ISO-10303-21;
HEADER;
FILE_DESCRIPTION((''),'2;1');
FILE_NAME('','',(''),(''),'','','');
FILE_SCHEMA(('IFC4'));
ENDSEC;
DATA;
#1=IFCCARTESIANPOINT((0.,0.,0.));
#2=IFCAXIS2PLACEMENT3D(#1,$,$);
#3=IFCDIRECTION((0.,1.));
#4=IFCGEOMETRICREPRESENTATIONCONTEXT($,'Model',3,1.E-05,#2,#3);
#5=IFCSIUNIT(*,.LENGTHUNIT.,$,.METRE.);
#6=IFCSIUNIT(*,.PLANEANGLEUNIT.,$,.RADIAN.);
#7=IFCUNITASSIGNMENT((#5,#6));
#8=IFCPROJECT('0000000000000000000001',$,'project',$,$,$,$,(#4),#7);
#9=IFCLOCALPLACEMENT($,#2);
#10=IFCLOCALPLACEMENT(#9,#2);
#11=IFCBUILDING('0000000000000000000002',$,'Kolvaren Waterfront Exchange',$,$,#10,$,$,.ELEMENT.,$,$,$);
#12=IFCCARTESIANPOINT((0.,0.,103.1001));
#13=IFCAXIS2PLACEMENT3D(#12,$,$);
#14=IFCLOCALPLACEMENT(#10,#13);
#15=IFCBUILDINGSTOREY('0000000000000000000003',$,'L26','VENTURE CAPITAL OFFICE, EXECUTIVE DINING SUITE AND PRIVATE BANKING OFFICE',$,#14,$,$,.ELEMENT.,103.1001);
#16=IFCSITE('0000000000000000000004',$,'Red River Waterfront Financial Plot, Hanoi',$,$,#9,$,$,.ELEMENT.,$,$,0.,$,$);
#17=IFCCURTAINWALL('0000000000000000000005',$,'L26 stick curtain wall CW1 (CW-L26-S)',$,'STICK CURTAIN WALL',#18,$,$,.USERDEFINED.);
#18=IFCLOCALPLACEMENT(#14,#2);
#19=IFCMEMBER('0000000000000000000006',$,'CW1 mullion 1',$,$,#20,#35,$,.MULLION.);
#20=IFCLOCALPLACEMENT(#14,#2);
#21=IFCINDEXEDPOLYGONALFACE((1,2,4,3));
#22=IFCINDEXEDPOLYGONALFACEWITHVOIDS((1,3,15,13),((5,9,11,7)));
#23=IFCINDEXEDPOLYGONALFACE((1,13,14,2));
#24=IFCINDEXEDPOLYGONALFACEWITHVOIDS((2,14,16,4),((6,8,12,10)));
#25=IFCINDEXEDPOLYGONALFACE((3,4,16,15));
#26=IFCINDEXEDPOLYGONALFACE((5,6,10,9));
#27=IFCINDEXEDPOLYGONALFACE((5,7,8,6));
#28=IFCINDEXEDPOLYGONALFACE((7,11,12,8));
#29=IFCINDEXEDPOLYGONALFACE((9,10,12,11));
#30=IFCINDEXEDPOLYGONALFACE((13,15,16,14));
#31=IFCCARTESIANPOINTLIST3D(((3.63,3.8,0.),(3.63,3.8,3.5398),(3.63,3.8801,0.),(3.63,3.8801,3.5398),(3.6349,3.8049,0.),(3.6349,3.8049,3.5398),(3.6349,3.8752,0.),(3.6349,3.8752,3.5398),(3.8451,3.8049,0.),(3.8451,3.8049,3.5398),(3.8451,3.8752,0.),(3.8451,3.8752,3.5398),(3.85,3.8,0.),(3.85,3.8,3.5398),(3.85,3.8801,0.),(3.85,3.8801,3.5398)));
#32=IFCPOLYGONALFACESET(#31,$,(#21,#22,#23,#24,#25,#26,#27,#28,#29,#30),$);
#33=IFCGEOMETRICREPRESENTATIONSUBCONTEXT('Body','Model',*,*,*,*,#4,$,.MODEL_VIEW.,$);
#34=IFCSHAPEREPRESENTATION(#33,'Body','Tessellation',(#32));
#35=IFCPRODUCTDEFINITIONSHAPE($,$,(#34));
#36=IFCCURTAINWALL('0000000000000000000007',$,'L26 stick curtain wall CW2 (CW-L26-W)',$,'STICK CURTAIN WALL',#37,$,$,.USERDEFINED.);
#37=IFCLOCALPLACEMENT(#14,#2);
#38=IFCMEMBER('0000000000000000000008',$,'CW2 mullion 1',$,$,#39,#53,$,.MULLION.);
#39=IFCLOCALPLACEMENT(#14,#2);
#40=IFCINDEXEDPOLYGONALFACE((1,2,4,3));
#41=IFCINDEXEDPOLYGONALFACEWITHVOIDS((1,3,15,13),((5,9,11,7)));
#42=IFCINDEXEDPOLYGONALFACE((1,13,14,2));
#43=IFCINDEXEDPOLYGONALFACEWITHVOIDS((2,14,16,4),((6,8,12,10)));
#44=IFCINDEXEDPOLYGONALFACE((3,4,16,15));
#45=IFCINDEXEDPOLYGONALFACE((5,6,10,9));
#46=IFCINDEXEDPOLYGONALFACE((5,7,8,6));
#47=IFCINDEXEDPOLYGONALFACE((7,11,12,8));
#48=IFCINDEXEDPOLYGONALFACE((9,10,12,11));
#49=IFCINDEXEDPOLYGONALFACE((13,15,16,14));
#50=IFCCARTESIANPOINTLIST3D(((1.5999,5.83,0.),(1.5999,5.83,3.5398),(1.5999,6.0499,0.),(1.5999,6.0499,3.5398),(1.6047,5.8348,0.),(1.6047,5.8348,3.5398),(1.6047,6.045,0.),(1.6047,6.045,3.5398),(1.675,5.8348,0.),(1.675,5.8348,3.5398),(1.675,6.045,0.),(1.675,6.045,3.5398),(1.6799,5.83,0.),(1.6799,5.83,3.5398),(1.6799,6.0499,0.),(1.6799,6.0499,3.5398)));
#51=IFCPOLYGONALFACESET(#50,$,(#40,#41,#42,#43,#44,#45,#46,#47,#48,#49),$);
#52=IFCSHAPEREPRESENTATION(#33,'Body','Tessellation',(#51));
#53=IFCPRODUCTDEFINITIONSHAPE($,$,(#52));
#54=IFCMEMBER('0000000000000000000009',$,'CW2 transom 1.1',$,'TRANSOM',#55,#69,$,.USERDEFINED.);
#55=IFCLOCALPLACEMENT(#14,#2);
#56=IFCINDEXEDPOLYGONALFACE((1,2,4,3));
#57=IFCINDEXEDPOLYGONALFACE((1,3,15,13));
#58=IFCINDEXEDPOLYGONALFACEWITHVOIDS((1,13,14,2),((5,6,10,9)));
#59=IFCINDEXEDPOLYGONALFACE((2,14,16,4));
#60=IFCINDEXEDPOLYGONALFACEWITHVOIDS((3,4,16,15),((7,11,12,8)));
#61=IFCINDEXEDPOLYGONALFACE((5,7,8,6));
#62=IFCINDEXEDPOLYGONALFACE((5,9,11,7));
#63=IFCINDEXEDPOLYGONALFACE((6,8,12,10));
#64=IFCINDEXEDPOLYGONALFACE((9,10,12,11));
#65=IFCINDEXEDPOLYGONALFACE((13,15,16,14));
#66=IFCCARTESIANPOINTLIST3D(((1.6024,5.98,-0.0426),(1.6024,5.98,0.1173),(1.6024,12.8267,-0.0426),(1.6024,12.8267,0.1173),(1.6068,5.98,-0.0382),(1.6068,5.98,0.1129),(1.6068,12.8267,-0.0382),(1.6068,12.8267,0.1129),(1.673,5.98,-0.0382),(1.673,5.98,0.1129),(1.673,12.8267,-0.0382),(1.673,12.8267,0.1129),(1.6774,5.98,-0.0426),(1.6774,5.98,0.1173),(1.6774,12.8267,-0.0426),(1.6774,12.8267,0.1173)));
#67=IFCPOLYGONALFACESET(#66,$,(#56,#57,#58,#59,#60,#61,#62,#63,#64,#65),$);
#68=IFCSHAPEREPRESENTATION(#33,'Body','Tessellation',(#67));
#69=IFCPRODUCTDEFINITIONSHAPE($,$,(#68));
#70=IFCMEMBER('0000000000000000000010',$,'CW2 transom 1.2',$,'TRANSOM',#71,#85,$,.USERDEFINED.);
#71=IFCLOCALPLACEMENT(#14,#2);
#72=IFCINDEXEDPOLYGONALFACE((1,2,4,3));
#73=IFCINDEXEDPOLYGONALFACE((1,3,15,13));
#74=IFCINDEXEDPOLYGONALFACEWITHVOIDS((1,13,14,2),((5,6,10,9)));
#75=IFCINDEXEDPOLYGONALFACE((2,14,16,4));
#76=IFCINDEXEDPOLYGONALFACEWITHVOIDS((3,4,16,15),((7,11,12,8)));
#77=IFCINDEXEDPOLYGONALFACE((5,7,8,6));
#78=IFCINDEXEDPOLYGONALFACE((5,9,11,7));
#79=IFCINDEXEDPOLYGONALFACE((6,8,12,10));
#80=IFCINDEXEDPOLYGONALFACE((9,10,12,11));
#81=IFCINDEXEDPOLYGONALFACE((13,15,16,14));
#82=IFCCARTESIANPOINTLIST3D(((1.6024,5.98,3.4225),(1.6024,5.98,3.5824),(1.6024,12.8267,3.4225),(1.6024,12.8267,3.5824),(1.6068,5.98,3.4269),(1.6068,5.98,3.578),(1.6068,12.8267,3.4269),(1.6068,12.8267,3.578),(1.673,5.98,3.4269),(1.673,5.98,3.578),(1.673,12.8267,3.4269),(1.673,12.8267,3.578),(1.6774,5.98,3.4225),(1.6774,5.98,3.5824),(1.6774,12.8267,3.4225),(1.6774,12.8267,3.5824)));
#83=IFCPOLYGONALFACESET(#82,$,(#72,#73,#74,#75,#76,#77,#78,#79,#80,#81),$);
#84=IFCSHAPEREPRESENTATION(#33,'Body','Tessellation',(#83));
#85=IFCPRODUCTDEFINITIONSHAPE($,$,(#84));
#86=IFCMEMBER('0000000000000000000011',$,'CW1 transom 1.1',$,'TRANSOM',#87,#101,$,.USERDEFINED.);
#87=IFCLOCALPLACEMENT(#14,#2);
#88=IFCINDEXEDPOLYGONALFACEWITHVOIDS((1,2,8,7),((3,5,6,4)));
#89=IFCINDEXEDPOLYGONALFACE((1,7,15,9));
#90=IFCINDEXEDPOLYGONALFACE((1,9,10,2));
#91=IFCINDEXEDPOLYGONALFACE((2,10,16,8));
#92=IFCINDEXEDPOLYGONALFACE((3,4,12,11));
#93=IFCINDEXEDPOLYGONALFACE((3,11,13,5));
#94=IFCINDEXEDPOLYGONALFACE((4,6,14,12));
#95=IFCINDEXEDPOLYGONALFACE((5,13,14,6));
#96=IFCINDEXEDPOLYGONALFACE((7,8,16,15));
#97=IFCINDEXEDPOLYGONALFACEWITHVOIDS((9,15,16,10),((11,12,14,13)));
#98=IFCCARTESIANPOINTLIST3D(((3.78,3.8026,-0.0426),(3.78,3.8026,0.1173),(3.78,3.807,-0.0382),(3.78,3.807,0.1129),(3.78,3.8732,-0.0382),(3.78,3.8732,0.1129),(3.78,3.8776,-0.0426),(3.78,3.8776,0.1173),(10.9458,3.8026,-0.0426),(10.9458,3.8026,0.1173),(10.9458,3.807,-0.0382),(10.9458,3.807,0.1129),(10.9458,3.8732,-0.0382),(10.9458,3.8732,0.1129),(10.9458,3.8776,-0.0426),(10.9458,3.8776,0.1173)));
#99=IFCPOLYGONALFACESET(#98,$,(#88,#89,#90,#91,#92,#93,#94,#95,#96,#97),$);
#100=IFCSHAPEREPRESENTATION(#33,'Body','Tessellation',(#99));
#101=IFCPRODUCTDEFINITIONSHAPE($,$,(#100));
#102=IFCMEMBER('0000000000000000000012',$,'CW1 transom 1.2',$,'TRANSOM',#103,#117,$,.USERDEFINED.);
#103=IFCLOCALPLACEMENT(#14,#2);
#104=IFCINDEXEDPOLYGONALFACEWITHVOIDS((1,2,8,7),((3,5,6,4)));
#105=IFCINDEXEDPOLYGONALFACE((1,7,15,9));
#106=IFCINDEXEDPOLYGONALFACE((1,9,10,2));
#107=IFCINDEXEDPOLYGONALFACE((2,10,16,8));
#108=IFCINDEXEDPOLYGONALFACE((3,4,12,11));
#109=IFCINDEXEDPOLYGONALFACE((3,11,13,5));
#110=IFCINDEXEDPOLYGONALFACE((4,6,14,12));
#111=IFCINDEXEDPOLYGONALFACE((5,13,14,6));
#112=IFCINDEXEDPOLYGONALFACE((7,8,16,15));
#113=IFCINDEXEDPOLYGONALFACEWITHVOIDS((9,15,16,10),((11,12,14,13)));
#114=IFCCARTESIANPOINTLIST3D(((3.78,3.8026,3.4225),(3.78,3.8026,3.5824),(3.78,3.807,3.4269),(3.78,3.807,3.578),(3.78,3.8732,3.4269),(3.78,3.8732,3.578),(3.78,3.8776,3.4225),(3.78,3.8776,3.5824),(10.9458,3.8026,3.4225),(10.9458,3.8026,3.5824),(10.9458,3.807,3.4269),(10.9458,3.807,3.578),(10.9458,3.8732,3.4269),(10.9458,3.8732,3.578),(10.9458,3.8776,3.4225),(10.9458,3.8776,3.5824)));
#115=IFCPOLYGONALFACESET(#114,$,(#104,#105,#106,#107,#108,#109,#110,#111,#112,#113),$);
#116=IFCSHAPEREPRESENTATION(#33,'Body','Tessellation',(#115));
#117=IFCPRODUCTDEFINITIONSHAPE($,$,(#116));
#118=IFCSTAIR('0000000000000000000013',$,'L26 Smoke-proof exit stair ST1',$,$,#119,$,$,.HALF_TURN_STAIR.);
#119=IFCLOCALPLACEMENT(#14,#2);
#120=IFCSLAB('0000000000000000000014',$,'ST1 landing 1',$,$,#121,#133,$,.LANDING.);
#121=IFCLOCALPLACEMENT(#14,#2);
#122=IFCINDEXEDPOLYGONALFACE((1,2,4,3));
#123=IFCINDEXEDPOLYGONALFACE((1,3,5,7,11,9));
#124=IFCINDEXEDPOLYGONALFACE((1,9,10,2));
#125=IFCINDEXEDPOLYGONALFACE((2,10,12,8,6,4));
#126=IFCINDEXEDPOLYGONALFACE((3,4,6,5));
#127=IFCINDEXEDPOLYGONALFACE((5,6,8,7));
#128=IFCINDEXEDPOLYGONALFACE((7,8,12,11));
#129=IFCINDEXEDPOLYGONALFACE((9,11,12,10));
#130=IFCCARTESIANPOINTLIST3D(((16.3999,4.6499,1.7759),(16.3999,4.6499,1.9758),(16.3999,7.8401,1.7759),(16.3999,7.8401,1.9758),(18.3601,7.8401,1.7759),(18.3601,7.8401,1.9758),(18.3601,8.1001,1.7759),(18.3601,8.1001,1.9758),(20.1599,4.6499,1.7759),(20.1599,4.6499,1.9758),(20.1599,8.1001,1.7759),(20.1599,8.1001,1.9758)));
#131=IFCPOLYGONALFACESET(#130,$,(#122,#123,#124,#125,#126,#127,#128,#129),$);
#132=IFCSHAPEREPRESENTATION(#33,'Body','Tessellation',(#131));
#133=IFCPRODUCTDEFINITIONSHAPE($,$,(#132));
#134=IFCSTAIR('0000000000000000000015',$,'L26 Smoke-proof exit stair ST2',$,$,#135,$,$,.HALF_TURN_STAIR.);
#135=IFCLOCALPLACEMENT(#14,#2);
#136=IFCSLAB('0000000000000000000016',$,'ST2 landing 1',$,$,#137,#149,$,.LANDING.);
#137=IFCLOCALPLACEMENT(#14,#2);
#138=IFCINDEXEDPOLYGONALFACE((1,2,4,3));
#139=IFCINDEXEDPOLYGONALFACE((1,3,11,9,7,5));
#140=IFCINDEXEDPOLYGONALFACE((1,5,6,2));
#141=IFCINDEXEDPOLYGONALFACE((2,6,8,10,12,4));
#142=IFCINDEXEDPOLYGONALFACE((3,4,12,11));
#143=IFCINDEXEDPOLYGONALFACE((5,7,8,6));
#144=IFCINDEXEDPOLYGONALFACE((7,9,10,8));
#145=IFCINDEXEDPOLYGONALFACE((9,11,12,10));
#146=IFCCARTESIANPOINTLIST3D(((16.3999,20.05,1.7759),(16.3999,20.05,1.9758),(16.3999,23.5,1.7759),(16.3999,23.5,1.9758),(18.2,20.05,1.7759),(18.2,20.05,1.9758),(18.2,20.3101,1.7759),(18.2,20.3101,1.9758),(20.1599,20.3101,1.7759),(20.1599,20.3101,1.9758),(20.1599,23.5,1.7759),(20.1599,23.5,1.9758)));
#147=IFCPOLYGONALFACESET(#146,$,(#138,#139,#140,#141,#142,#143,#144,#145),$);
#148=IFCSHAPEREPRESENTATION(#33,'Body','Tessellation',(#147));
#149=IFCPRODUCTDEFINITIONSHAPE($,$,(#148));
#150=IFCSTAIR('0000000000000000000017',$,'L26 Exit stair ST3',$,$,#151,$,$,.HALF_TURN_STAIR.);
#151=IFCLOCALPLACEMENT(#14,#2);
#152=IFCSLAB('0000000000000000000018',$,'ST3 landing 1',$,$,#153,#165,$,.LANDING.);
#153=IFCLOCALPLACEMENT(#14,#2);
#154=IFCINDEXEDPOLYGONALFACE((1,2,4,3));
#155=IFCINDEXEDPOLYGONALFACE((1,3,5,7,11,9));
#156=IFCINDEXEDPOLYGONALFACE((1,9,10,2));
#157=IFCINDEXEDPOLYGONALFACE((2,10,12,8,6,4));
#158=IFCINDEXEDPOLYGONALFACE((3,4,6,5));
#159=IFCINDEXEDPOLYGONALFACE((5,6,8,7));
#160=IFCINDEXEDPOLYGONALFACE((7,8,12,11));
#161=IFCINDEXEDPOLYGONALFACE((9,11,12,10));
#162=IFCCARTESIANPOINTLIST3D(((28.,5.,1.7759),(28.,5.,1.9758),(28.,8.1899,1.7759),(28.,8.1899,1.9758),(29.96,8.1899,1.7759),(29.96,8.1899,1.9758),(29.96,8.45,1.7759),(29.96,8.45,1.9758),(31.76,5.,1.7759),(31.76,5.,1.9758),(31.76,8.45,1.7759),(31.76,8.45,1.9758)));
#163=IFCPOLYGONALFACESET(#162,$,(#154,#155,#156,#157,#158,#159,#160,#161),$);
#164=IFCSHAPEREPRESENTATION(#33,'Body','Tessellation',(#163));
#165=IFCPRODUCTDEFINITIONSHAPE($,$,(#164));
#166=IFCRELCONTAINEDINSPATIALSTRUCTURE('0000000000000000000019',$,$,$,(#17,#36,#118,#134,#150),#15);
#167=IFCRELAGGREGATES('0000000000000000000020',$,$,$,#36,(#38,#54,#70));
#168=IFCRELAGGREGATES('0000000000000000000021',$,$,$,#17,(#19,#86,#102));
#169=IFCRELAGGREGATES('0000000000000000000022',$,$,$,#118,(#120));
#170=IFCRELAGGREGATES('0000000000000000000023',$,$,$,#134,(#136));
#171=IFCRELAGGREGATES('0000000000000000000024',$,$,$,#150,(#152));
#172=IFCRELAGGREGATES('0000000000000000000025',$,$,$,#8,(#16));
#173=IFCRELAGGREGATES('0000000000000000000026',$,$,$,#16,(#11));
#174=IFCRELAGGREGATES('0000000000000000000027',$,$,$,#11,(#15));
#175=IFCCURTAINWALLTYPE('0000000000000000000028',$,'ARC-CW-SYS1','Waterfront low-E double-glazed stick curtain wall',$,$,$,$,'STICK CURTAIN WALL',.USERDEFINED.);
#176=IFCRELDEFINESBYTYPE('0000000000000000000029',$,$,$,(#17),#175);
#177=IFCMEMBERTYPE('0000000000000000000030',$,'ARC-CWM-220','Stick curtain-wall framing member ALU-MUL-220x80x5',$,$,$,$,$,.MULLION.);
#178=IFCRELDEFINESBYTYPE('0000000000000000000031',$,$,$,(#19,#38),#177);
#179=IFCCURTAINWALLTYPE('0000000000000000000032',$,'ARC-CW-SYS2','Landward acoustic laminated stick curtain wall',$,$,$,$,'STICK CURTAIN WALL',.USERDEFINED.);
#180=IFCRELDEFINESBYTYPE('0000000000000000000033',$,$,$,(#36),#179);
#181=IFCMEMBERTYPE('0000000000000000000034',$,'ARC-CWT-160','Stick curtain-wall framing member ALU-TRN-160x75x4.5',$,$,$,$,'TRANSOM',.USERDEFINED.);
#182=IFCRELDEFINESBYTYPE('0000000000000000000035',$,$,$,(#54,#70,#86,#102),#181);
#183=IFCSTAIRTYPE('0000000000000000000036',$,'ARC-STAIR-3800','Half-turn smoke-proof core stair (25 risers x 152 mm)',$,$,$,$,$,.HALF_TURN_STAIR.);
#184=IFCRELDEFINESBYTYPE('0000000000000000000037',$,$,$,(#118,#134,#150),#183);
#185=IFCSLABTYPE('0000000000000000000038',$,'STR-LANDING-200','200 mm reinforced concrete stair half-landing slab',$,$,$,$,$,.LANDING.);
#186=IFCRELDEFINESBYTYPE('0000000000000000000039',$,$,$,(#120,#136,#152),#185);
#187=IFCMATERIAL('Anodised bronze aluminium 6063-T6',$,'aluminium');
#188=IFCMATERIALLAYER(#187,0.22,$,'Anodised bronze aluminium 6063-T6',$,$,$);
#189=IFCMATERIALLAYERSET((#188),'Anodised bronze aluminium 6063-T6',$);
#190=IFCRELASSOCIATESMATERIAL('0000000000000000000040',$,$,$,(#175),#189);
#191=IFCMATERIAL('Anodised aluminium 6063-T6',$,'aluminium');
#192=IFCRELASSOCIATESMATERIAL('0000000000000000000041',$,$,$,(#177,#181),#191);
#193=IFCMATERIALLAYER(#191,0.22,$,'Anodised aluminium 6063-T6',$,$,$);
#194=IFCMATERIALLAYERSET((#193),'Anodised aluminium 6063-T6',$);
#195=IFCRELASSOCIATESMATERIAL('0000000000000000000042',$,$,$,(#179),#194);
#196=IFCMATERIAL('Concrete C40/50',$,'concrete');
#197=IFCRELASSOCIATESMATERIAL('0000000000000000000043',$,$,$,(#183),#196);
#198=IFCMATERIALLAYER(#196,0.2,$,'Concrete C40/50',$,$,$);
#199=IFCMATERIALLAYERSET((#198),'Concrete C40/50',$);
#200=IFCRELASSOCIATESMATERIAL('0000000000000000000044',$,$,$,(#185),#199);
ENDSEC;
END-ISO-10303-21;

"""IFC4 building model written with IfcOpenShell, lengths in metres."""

from ifc_helpers import new_model, si_unit, direction, frame, origin, origin_with_axes, origin_2d, place, context, subcontext, project, spatial, polyline, hollow_rectangle, outline, extrude, source, transform, mapped, material, layer, layer_set, material_profile, profile_set, type_object, element, aggregate, save


model = new_model("IFC4")

# Units and contexts
model_context = context("Model", 3, precision=1e-05, world=origin(), true_north=direction((0.0, 1.0)))
body_context = subcontext(model_context, "Body", "Model", "MODEL_VIEW")
ifc_project = project(units=[si_unit("LENGTHUNIT", "METRE"), si_unit("PLANEANGLEUNIT", "RADIAN")], contexts=[model_context])

# Site, building, storey
site_placement = place(None, origin())
site = spatial("IfcSite", under=ifc_project, at=site_placement, Name="Red River Waterfront Financial Plot, Hanoi", CompositionType="ELEMENT", RefElevation=0.0)
building_placement = place(site_placement, origin())
building = spatial("IfcBuilding", under=site, at=building_placement, Name="Kolvaren Waterfront Exchange", CompositionType="ELEMENT")
storey_placement = place(building_placement, frame((0.0, 0.0, 103.1001)))
storey = spatial("IfcBuildingStorey", under=building, at=storey_placement, Name="L26", Description="VENTURE CAPITAL OFFICE, EXECUTIVE DINING SUITE AND PRIVATE BANKING OFFICE", CompositionType="ELEMENT", Elevation=103.1001)

# Curtain wall, member
ifc_material_1 = material(Name="Anodised bronze aluminium 6063-T6", Category="aluminium")
ifc_layer_1 = layer(ifc_material_1, 0.22, Name="Anodised bronze aluminium 6063-T6")
ifc_layer_set_1 = layer_set([ifc_layer_1], Name="Anodised bronze aluminium 6063-T6")
curtain_wall_type_1 = type_object("IfcCurtainWallType", Name="ARC-CW-SYS1", Description="Waterfront low-E double-glazed stick curtain wall", ElementType="STICK CURTAIN WALL", PredefinedType="USERDEFINED", material=ifc_layer_set_1)
curtain_wall_1_placement = place(storey_placement, origin())
curtain_wall_1 = element("IfcCurtainWall", 1, at=curtain_wall_1_placement, inside=storey, type_object=curtain_wall_type_1, Name="L26 stick curtain wall CW1 (CW-L26-S)", ObjectType="STICK CURTAIN WALL", PredefinedType="USERDEFINED")
ifc_material_2 = material(Name="Anodised aluminium 6063-T6", Category="aluminium")
ifc_material_profile_1 = material_profile(ifc_material_2, hollow_rectangle(XDim=0.0801, YDim=0.22, WallThickness=0.0049, at=origin_2d()), Name="ALU-MUL-220x80x5")
ifc_profile_set_1 = profile_set([ifc_material_profile_1], Name="Anodised aluminium 6063-T6")
member_type_1 = type_object("IfcMemberType", Name="ARC-CWM-220", Description="Stick curtain-wall framing member ALU-MUL-220x80x5", PredefinedType="MULLION", material=ifc_profile_set_1)
shared_shape_1 = source(origin_with_axes(), body_context, "Body", "SweptSolid", [
    extrude(hollow_rectangle(XDim=0.0801, YDim=0.22, WallThickness=0.0049, at=origin_2d()), origin(), (0.0, 0.0, 1.0), 3.5398),
])
member_1_placement = place(storey_placement, frame((3.74, 3.8401, 0.0), z_axis=(0.0, 0.0, 1.0), x_axis=(0.0, 1.0, 0.0)))
member_1 = element("IfcMember", 2, at=member_1_placement, type_object=member_type_1, Name="CW1 mullion 1", PredefinedType="MULLION", context=body_context, shape_type="MappedRepresentation", body=[
    mapped(shared_shape_1, transform((0.0, 0.0, 0.0), x_axis=(1.0, 0.0, 0.0), y_axis=(0.0, 1.0, 0.0), z_axis=(0.0, 0.0, 1.0), scale=1.0)),
])

# Curtain wall, members
ifc_layer_2 = layer(ifc_material_2, 0.22, Name="Anodised aluminium 6063-T6")
ifc_layer_set_2 = layer_set([ifc_layer_2], Name="Anodised aluminium 6063-T6")
curtain_wall_type_2 = type_object("IfcCurtainWallType", Name="ARC-CW-SYS2", Description="Landward acoustic laminated stick curtain wall", ElementType="STICK CURTAIN WALL", PredefinedType="USERDEFINED", material=ifc_layer_set_2)
curtain_wall_2_placement = place(storey_placement, origin())
curtain_wall_2 = element("IfcCurtainWall", 3, at=curtain_wall_2_placement, inside=storey, type_object=curtain_wall_type_2, Name="L26 stick curtain wall CW2 (CW-L26-W)", ObjectType="STICK CURTAIN WALL", PredefinedType="USERDEFINED")
member_2_placement = place(storey_placement, frame((1.6399, 5.9399, 0.0), z_axis=(0.0, 0.0, 1.0), x_axis=(-1.0, 0.0, 0.0)))
member_2 = element("IfcMember", 4, at=member_2_placement, type_object=member_type_1, Name="CW2 mullion 1", PredefinedType="MULLION", context=body_context, shape_type="MappedRepresentation", body=[
    mapped(shared_shape_1, transform((0.0, 0.0, 0.0), x_axis=(1.0, 0.0, 0.0), y_axis=(0.0, 1.0, 0.0), z_axis=(0.0, 0.0, 1.0), scale=1.0)),
])
ifc_material_profile_2 = material_profile(ifc_material_2, hollow_rectangle(XDim=0.075, YDim=0.1599, WallThickness=0.0044, at=origin_2d()), Name="ALU-TRN-160x75x4.5")
ifc_profile_set_2 = profile_set([ifc_material_profile_2], Name="Anodised aluminium 6063-T6")
member_type_2 = type_object("IfcMemberType", Name="ARC-CWT-160", Description="Stick curtain-wall framing member ALU-TRN-160x75x4.5", ElementType="TRANSOM", PredefinedType="USERDEFINED", material=ifc_profile_set_2)
shared_shape_2 = source(origin_with_axes(), body_context, "Body", "SweptSolid", [
    extrude(hollow_rectangle(XDim=0.075, YDim=0.1599, WallThickness=0.0044, at=origin_2d()), origin(), (0.0, 0.0, 1.0), 6.8467),
])
member_3_placement = place(storey_placement, frame((1.6399, 5.98, 0.0374), z_axis=(0.0, 1.0, 0.0), x_axis=(-1.0, 0.0, 0.0)))
member_3 = element("IfcMember", 5, at=member_3_placement, type_object=member_type_2, Name="CW2 transom 1.1", ObjectType="TRANSOM", PredefinedType="USERDEFINED", context=body_context, shape_type="MappedRepresentation", body=[
    mapped(shared_shape_2, transform((0.0, 0.0, 0.0), x_axis=(1.0, 0.0, 0.0), y_axis=(0.0, 1.0, 0.0), z_axis=(0.0, 0.0, 1.0), scale=1.0)),
])
member_4_placement = place(storey_placement, frame((1.6399, 5.98, 3.5024), z_axis=(0.0, 1.0, 0.0), x_axis=(-1.0, 0.0, 0.0)))
member_4 = element("IfcMember", 6, at=member_4_placement, type_object=member_type_2, Name="CW2 transom 1.2", ObjectType="TRANSOM", PredefinedType="USERDEFINED", context=body_context, shape_type="MappedRepresentation", body=[
    mapped(shared_shape_2, transform((0.0, 0.0, 0.0), x_axis=(1.0, 0.0, 0.0), y_axis=(0.0, 1.0, 0.0), z_axis=(0.0, 0.0, 1.0), scale=1.0)),
])
aggregate(curtain_wall_2, [member_2, member_3, member_4])

# Members
shared_shape_3 = source(origin_with_axes(), body_context, "Body", "SweptSolid", [
    extrude(hollow_rectangle(XDim=0.075, YDim=0.1599, WallThickness=0.0044, at=origin_2d()), origin(), (0.0, 0.0, 1.0), 7.1658),
])
member_5_placement = place(storey_placement, frame((3.78, 3.8401, 0.0374), z_axis=(1.0, 0.0, 0.0), x_axis=(0.0, 1.0, 0.0)))
member_5 = element("IfcMember", 7, at=member_5_placement, type_object=member_type_2, Name="CW1 transom 1.1", ObjectType="TRANSOM", PredefinedType="USERDEFINED", context=body_context, shape_type="MappedRepresentation", body=[
    mapped(shared_shape_3, transform((0.0, 0.0, 0.0), x_axis=(1.0, 0.0, 0.0), y_axis=(0.0, 1.0, 0.0), z_axis=(0.0, 0.0, 1.0), scale=1.0)),
])
member_6_placement = place(storey_placement, frame((3.78, 3.8401, 3.5024), z_axis=(1.0, 0.0, 0.0), x_axis=(0.0, 1.0, 0.0)))
member_6 = element("IfcMember", 8, at=member_6_placement, type_object=member_type_2, Name="CW1 transom 1.2", ObjectType="TRANSOM", PredefinedType="USERDEFINED", context=body_context, shape_type="MappedRepresentation", body=[
    mapped(shared_shape_3, transform((0.0, 0.0, 0.0), x_axis=(1.0, 0.0, 0.0), y_axis=(0.0, 1.0, 0.0), z_axis=(0.0, 0.0, 1.0), scale=1.0)),
])
aggregate(curtain_wall_1, [member_1, member_5, member_6])

# Stairs, slabs
ifc_material_3 = material(Name="Concrete C40/50", Category="concrete")
stair_type = type_object("IfcStairType", Name="ARC-STAIR-3800", Description="Half-turn smoke-proof core stair (25 risers x 152 mm)", PredefinedType="HALF_TURN_STAIR", material=ifc_material_3)
stair_1_placement = place(storey_placement, origin())
stair_1 = element("IfcStair", 9, at=stair_1_placement, inside=storey, type_object=stair_type, Name="L26 Smoke-proof exit stair ST1", PredefinedType="HALF_TURN_STAIR")
ifc_layer_3 = layer(ifc_material_3, 0.2, Name="Concrete C40/50")
ifc_layer_set_3 = layer_set([ifc_layer_3], Name="Concrete C40/50")
slab_type_1 = type_object("IfcSlabType", Name="STR-LANDING-200", Description="200 mm reinforced concrete stair half-landing slab", PredefinedType="LANDING", material=ifc_layer_set_3)
slab_1_placement = place(storey_placement, frame((0.0, 0.0, 1.7759)))
slab_1 = element("IfcSlab", 10, at=slab_1_placement, type_object=slab_type_1, Name="ST1 landing 1", PredefinedType="LANDING", context=body_context, shape_type="SweptSolid", body=[
    extrude(outline(polyline([(16.3999, 7.8401), (16.3999, 4.6499), (20.1599, 4.6499), (20.1599, 8.1001), (18.3601, 8.1001), (18.3601, 7.8401), (16.3999, 7.8401)])), origin(), (0.0, 0.0, 1.0), 0.2),
])
aggregate(stair_1, [slab_1])
stair_2_placement = place(storey_placement, origin())
stair_2 = element("IfcStair", 11, at=stair_2_placement, inside=storey, type_object=stair_type, Name="L26 Smoke-proof exit stair ST2", PredefinedType="HALF_TURN_STAIR")
slab_2_placement = place(storey_placement, frame((0.0, 0.0, 1.7759)))
slab_2 = element("IfcSlab", 12, at=slab_2_placement, type_object=slab_type_1, Name="ST2 landing 1", PredefinedType="LANDING", context=body_context, shape_type="SweptSolid", body=[
    extrude(outline(polyline([(20.1599, 20.3101), (20.1599, 23.5), (16.3999, 23.5), (16.3999, 20.05), (18.2, 20.05), (18.2, 20.3101), (20.1599, 20.3101)])), origin(), (0.0, 0.0, 1.0), 0.2),
])
aggregate(stair_2, [slab_2])
stair_3_placement = place(storey_placement, origin())
stair_3 = element("IfcStair", 13, at=stair_3_placement, inside=storey, type_object=stair_type, Name="L26 Exit stair ST3", PredefinedType="HALF_TURN_STAIR")
slab_3_placement = place(storey_placement, frame((0.0, 0.0, 1.7759)))
slab_3 = element("IfcSlab", 14, at=slab_3_placement, type_object=slab_type_1, Name="ST3 landing 1", PredefinedType="LANDING", context=body_context, shape_type="SweptSolid", body=[
    extrude(outline(polyline([(28.0, 8.1899), (28.0, 5.0), (31.76, 5.0), (31.76, 8.45), (29.96, 8.45), (29.96, 8.1899), (28.0, 8.1899)])), origin(), (0.0, 0.0, 1.0), 0.2),
])
aggregate(stair_3, [slab_3])

save(model, "model.ifc")
